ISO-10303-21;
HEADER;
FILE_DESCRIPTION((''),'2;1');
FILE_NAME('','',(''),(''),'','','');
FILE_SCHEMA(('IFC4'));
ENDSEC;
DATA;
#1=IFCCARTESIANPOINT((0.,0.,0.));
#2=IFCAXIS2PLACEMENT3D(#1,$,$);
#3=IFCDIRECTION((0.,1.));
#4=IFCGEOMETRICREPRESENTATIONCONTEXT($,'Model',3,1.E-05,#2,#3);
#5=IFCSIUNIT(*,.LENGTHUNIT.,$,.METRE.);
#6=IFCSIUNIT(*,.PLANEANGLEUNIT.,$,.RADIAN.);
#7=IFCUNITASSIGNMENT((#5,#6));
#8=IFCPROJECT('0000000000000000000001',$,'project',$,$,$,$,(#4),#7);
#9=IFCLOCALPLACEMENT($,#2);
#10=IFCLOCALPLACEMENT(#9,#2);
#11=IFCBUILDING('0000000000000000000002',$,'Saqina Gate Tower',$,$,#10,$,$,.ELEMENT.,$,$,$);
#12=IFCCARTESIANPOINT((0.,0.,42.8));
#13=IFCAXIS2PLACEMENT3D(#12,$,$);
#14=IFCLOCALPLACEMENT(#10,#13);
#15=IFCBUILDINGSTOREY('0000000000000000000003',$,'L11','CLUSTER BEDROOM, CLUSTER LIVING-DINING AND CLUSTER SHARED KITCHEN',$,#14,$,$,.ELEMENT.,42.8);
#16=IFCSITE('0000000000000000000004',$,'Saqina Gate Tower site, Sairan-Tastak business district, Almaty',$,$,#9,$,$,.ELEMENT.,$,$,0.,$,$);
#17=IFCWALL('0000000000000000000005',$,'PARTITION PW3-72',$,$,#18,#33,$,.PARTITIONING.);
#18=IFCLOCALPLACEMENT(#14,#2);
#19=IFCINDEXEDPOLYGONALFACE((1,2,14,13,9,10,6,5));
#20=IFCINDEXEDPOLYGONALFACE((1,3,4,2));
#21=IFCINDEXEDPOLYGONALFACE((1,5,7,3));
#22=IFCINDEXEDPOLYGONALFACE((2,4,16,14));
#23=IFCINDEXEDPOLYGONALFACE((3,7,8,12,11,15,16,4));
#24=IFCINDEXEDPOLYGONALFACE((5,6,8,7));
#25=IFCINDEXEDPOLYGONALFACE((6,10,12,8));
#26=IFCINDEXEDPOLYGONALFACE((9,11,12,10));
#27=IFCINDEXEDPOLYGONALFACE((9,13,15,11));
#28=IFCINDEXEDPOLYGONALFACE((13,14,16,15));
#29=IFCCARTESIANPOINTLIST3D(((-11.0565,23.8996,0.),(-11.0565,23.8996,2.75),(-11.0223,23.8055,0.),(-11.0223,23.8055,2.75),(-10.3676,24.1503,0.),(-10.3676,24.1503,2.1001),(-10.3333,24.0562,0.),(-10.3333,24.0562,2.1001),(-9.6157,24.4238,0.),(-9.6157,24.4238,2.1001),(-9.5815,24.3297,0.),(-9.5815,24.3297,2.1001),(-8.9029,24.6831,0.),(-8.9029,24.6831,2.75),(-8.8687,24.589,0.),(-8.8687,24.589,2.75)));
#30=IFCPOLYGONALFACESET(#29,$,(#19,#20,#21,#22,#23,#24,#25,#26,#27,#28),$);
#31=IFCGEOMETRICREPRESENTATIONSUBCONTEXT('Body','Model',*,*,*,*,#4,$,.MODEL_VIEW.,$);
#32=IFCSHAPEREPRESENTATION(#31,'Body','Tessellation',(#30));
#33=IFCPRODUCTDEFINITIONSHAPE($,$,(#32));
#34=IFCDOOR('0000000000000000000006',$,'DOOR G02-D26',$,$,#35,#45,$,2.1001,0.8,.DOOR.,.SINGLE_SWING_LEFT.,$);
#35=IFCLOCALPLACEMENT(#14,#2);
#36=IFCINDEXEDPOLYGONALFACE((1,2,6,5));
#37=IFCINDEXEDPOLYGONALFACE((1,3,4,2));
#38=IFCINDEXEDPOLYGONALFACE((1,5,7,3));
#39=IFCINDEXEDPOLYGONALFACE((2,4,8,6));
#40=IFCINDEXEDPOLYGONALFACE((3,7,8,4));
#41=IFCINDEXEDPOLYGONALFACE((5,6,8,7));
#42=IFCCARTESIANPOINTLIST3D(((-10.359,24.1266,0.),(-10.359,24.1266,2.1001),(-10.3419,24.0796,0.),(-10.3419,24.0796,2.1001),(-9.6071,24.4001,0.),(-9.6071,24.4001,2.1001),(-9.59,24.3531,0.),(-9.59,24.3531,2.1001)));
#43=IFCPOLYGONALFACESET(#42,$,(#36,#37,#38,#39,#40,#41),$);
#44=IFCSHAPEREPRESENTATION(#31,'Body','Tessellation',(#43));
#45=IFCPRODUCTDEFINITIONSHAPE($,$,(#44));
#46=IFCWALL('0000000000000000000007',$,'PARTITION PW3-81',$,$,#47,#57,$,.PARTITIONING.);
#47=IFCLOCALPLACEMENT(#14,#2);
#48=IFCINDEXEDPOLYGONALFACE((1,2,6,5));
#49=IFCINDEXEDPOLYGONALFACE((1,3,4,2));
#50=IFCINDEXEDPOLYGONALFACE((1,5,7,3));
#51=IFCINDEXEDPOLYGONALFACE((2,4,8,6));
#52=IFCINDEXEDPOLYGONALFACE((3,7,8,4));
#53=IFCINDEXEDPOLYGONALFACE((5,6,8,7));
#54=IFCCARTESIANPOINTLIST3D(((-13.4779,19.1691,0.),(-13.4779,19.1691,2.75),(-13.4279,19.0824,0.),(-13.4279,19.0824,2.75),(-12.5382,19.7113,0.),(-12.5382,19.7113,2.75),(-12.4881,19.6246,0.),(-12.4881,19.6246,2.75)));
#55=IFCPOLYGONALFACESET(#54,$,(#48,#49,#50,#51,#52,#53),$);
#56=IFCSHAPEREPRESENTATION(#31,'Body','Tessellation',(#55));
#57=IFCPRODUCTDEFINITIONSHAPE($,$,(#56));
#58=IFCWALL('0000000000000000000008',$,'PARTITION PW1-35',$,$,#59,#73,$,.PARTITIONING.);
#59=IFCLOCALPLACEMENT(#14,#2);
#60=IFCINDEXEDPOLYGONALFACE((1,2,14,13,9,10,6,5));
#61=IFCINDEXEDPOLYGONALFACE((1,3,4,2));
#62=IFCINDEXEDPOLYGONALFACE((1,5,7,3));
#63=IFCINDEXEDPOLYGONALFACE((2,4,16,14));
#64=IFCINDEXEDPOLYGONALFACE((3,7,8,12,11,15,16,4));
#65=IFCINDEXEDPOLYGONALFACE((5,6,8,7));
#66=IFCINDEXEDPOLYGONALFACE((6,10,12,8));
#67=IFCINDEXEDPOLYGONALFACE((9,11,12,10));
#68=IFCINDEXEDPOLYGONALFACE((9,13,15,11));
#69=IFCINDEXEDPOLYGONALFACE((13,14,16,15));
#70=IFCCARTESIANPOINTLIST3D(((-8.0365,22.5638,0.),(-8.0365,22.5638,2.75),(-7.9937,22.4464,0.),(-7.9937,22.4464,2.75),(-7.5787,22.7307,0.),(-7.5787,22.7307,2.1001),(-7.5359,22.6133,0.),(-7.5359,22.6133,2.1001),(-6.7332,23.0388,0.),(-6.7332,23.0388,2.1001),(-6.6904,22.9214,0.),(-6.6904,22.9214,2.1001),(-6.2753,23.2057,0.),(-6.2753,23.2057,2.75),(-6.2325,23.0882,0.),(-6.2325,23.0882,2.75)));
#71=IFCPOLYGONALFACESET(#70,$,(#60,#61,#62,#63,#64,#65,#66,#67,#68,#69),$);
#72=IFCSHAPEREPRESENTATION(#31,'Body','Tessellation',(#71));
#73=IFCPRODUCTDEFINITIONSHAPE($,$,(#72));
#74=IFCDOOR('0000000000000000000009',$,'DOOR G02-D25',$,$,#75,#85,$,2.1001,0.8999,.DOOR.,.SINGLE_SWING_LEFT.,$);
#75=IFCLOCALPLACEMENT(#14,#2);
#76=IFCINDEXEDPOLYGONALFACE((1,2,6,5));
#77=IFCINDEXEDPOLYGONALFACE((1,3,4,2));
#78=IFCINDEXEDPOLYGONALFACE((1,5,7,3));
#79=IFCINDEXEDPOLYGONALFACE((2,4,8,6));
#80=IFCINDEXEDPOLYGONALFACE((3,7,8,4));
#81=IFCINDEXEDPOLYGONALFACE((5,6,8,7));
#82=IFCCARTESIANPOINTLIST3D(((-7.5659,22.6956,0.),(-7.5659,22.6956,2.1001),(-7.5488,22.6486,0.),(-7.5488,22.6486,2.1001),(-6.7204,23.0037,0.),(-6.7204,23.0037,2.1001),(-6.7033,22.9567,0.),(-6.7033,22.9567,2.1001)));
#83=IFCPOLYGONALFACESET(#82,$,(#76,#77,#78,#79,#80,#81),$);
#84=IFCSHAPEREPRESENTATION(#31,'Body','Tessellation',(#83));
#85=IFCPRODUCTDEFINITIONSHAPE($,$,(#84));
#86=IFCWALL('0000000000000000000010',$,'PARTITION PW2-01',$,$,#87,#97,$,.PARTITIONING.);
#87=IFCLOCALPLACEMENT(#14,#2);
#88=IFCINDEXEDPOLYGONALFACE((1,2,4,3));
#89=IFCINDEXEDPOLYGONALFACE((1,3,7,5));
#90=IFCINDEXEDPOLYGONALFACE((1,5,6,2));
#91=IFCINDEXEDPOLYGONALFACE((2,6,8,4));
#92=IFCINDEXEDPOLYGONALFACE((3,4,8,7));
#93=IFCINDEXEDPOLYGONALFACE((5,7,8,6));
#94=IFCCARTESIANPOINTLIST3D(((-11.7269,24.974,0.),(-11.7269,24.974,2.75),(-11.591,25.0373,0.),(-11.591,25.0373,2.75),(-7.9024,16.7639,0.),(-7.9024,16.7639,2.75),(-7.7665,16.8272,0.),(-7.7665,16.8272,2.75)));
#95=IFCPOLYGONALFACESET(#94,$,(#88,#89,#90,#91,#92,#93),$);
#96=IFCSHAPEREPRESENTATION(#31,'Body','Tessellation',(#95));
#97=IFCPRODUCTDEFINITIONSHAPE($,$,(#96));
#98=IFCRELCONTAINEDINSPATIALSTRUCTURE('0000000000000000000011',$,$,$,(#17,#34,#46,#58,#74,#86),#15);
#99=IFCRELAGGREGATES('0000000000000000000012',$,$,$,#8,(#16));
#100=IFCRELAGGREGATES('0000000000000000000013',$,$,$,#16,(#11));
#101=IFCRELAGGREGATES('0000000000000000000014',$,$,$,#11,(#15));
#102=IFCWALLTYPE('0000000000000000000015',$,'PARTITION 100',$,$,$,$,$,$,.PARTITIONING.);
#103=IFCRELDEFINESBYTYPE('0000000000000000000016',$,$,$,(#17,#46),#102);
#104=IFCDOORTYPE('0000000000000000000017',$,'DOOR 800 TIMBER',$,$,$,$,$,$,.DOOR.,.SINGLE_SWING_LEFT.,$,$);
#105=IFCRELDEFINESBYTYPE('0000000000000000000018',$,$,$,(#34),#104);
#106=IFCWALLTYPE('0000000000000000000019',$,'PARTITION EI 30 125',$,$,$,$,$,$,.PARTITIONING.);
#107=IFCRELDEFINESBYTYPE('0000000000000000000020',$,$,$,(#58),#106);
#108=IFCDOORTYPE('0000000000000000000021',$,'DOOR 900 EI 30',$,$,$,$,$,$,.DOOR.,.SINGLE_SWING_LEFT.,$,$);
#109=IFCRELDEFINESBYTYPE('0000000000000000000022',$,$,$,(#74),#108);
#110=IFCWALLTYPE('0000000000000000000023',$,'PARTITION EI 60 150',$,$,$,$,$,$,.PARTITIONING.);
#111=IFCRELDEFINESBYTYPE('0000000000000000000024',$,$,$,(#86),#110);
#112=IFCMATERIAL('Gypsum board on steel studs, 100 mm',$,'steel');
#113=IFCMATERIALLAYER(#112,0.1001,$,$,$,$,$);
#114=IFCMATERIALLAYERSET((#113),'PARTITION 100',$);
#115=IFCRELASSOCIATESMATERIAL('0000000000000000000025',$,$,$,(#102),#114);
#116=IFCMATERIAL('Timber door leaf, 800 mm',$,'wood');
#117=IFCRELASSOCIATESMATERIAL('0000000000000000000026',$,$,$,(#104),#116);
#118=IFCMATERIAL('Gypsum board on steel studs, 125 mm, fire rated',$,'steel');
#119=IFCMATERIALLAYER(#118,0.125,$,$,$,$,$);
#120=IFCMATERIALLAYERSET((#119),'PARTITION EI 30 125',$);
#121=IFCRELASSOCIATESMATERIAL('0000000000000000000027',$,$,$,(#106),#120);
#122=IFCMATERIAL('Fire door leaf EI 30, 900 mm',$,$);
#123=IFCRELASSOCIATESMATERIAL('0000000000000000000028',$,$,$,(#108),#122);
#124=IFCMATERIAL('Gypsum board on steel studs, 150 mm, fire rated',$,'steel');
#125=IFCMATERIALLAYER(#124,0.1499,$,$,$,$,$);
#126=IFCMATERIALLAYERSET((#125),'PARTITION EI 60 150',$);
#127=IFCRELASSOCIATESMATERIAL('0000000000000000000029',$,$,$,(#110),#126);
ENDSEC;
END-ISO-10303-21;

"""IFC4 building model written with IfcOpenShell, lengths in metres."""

from ifc_helpers import new_model, si_unit, direction, frame, frame_2d, origin, place, context, subcontext, project, spatial, rectangle, extrude, material, layer, layer_set, type_object, element, fill, save


model = new_model("IFC4")

# Units and contexts
model_context = context("Model", 3, precision=1e-05, world=origin(), true_north=direction((0.0, 1.0)))
body_context = subcontext(model_context, "Body", "Model", "MODEL_VIEW")
ifc_project = project(units=[si_unit("LENGTHUNIT", "METRE"), si_unit("PLANEANGLEUNIT", "RADIAN")], contexts=[model_context])

# Site, building, storey
site_placement = place(None, origin())
site = spatial("IfcSite", under=ifc_project, at=site_placement, Name="Saqina Gate Tower site, Sairan-Tastak business district, Almaty", CompositionType="ELEMENT", RefElevation=0.0)
building_placement = place(site_placement, origin())
building = spatial("IfcBuilding", under=site, at=building_placement, Name="Saqina Gate Tower", CompositionType="ELEMENT")
storey_placement = place(building_placement, frame((0.0, 0.0, 42.8)))
storey = spatial("IfcBuildingStorey", under=building, at=storey_placement, Name="L11", Description="CLUSTER BEDROOM, CLUSTER LIVING-DINING AND CLUSTER SHARED KITCHEN", CompositionType="ELEMENT", Elevation=42.8)

# Shared definitions
ifc_material_1 = material(Name="Gypsum board on steel studs, 100 mm", Category="steel")
ifc_layer_1 = layer(ifc_material_1, 0.1001)
ifc_layer_set_1 = layer_set([ifc_layer_1], Name="PARTITION 100")
wall_type_1 = type_object("IfcWallType", Name="PARTITION 100", PredefinedType="PARTITIONING", material=ifc_layer_set_1)

# Shared definitions
ifc_material_2 = material(Name="Timber door leaf, 800 mm", Category="wood")
door_type_1 = type_object("IfcDoorType", Name="DOOR 800 TIMBER", OperationType="SINGLE_SWING_LEFT", PredefinedType="DOOR", material=ifc_material_2)

# Wall, opening, door
wall_1_placement = place(storey_placement, frame((-11.0396, 23.8525, 0.0), z_axis=(0.0, 0.0, 1.0), x_axis=(0.939747, 0.341871, 0.0)))
wall_1 = element("IfcWall", 1, at=wall_1_placement, inside=storey, type_object=wall_type_1, Name="PARTITION PW3-72", PredefinedType="PARTITIONING", context=body_context, shape_type="SweptSolid", body=[
    extrude(rectangle(XDim=2.2917, YDim=0.1001, at=frame_2d((1.146, 0.0))), origin(), (0.0, 0.0, 1.0), 2.75),
])
opening_1_placement = place(wall_1_placement, frame((0.7334, 0.0, 0.0)))
opening_1 = element("IfcOpeningElement", 2, at=opening_1_placement, cuts=wall_1, PredefinedType="OPENING", context=body_context, shape_type="SweptSolid", body=[
    extrude(rectangle(XDim=0.8, YDim=2.1001, at=frame_2d((0.3999, 1.05))), frame((0.0, 0.062, 0.0), z_axis=(0.0, -1.0, 0.0), x_axis=(1.0, 0.0, 0.0)), (0.0, 0.0, 1.0), 0.124),
])
door_1_placement = place(opening_1_placement, origin())
door_1 = element("IfcDoor", 3, at=door_1_placement, inside=storey, type_object=door_type_1, Name="DOOR G02-D26", OperationType="SINGLE_SWING_LEFT", OverallHeight=2.1001, OverallWidth=0.8, PredefinedType="DOOR", context=body_context, shape_type="SweptSolid", body=[
    extrude(rectangle(XDim=0.8, YDim=2.1001, at=frame_2d((0.3999, 1.05))), frame((0.0, 0.0249, 0.0), z_axis=(0.0, -1.0, 0.0), x_axis=(1.0, 0.0, 0.0)), (0.0, 0.0, 1.0), 0.05),
])
fill(opening_1, door_1)

# Wall
wall_2_placement = place(storey_placement, frame((-13.4529, 19.1257, 0.0), z_axis=(0.0, 0.0, 1.0), x_axis=(0.866144, 0.499794, 0.0)))
element("IfcWall", 4, at=wall_2_placement, inside=storey, type_object=wall_type_1, Name="PARTITION PW3-81", PredefinedType="PARTITIONING", context=body_context, shape_type="SweptSolid", body=[
    extrude(rectangle(XDim=1.085, YDim=0.1001, at=frame_2d((0.5425, 0.0))), origin(), (0.0, 0.0, 1.0), 2.75),
])

# Wall, opening, door
ifc_material_3 = material(Name="Gypsum board on steel studs, 125 mm, fire rated", Category="steel")
ifc_layer_2 = layer(ifc_material_3, 0.125)
ifc_layer_set_2 = layer_set([ifc_layer_2], Name="PARTITION EI 30 125")
wall_type_2 = type_object("IfcWallType", Name="PARTITION EI 30 125", PredefinedType="PARTITIONING", material=ifc_layer_set_2)
wall_3_placement = place(storey_placement, frame((-8.0151, 22.5051, 0.0), z_axis=(0.0, 0.0, 1.0), x_axis=(0.939554, 0.342402, 0.0)))
wall_3 = element("IfcWall", 5, at=wall_3_placement, inside=storey, type_object=wall_type_2, Name="PARTITION PW1-35", PredefinedType="PARTITIONING", context=body_context, shape_type="SweptSolid", body=[
    extrude(rectangle(XDim=1.8745, YDim=0.125, at=frame_2d((0.9373, 0.0))), origin(), (0.0, 0.0, 1.0), 2.75),
])
opening_2_placement = place(wall_3_placement, frame((0.4873, 0.0, 0.0)))
opening_2 = element("IfcOpeningElement", 6, at=opening_2_placement, cuts=wall_3, PredefinedType="OPENING", context=body_context, shape_type="SweptSolid", body=[
    extrude(rectangle(XDim=0.8999, YDim=2.1001, at=frame_2d((0.45, 1.05))), frame((0.0, 0.0745, 0.0), z_axis=(0.0, -1.0, 0.0), x_axis=(1.0, 0.0, 0.0)), (0.0, 0.0, 1.0), 0.1489),
])
ifc_material_4 = material(Name="Fire door leaf EI 30, 900 mm")
door_type_2 = type_object("IfcDoorType", Name="DOOR 900 EI 30", OperationType="SINGLE_SWING_LEFT", PredefinedType="DOOR", material=ifc_material_4)
door_2_placement = place(opening_2_placement, frame((0.8999, 0.0, 0.0), z_axis=(0.0, 0.0, 1.0), x_axis=(-1.0, 0.0, 0.0)))
door_2 = element("IfcDoor", 7, at=door_2_placement, inside=storey, type_object=door_type_2, Name="DOOR G02-D25", OperationType="SINGLE_SWING_LEFT", OverallHeight=2.1001, OverallWidth=0.8999, PredefinedType="DOOR", context=body_context, shape_type="SweptSolid", body=[
    extrude(rectangle(XDim=0.8999, YDim=2.1001, at=frame_2d((0.45, 1.05))), frame((0.0, 0.0249, 0.0), z_axis=(0.0, -1.0, 0.0), x_axis=(1.0, 0.0, 0.0)), (0.0, 0.0, 1.0), 0.05),
])
fill(opening_2, door_2)

# Wall
ifc_material_5 = material(Name="Gypsum board on steel studs, 150 mm, fire rated", Category="steel")
ifc_layer_3 = layer(ifc_material_5, 0.1499)
ifc_layer_set_3 = layer_set([ifc_layer_3], Name="PARTITION EI 60 150")
wall_type_3 = type_object("IfcWallType", Name="PARTITION EI 60 150", PredefinedType="PARTITIONING", material=ifc_layer_set_3)
wall_4_placement = place(storey_placement, frame((-11.6589, 25.0056, 0.0), z_axis=(0.0, 0.0, 1.0), x_axis=(0.422264, -0.906473, 0.0)))
element("IfcWall", 8, at=wall_4_placement, inside=storey, type_object=wall_type_3, Name="PARTITION PW2-01", PredefinedType="PARTITIONING", context=body_context, shape_type="SweptSolid", body=[
    extrude(rectangle(XDim=9.0571, YDim=0.1499, at=frame_2d((4.5286, 0.0))), origin(), (0.0, 0.0, 1.0), 2.75),
])

save(model, "model.ifc")
